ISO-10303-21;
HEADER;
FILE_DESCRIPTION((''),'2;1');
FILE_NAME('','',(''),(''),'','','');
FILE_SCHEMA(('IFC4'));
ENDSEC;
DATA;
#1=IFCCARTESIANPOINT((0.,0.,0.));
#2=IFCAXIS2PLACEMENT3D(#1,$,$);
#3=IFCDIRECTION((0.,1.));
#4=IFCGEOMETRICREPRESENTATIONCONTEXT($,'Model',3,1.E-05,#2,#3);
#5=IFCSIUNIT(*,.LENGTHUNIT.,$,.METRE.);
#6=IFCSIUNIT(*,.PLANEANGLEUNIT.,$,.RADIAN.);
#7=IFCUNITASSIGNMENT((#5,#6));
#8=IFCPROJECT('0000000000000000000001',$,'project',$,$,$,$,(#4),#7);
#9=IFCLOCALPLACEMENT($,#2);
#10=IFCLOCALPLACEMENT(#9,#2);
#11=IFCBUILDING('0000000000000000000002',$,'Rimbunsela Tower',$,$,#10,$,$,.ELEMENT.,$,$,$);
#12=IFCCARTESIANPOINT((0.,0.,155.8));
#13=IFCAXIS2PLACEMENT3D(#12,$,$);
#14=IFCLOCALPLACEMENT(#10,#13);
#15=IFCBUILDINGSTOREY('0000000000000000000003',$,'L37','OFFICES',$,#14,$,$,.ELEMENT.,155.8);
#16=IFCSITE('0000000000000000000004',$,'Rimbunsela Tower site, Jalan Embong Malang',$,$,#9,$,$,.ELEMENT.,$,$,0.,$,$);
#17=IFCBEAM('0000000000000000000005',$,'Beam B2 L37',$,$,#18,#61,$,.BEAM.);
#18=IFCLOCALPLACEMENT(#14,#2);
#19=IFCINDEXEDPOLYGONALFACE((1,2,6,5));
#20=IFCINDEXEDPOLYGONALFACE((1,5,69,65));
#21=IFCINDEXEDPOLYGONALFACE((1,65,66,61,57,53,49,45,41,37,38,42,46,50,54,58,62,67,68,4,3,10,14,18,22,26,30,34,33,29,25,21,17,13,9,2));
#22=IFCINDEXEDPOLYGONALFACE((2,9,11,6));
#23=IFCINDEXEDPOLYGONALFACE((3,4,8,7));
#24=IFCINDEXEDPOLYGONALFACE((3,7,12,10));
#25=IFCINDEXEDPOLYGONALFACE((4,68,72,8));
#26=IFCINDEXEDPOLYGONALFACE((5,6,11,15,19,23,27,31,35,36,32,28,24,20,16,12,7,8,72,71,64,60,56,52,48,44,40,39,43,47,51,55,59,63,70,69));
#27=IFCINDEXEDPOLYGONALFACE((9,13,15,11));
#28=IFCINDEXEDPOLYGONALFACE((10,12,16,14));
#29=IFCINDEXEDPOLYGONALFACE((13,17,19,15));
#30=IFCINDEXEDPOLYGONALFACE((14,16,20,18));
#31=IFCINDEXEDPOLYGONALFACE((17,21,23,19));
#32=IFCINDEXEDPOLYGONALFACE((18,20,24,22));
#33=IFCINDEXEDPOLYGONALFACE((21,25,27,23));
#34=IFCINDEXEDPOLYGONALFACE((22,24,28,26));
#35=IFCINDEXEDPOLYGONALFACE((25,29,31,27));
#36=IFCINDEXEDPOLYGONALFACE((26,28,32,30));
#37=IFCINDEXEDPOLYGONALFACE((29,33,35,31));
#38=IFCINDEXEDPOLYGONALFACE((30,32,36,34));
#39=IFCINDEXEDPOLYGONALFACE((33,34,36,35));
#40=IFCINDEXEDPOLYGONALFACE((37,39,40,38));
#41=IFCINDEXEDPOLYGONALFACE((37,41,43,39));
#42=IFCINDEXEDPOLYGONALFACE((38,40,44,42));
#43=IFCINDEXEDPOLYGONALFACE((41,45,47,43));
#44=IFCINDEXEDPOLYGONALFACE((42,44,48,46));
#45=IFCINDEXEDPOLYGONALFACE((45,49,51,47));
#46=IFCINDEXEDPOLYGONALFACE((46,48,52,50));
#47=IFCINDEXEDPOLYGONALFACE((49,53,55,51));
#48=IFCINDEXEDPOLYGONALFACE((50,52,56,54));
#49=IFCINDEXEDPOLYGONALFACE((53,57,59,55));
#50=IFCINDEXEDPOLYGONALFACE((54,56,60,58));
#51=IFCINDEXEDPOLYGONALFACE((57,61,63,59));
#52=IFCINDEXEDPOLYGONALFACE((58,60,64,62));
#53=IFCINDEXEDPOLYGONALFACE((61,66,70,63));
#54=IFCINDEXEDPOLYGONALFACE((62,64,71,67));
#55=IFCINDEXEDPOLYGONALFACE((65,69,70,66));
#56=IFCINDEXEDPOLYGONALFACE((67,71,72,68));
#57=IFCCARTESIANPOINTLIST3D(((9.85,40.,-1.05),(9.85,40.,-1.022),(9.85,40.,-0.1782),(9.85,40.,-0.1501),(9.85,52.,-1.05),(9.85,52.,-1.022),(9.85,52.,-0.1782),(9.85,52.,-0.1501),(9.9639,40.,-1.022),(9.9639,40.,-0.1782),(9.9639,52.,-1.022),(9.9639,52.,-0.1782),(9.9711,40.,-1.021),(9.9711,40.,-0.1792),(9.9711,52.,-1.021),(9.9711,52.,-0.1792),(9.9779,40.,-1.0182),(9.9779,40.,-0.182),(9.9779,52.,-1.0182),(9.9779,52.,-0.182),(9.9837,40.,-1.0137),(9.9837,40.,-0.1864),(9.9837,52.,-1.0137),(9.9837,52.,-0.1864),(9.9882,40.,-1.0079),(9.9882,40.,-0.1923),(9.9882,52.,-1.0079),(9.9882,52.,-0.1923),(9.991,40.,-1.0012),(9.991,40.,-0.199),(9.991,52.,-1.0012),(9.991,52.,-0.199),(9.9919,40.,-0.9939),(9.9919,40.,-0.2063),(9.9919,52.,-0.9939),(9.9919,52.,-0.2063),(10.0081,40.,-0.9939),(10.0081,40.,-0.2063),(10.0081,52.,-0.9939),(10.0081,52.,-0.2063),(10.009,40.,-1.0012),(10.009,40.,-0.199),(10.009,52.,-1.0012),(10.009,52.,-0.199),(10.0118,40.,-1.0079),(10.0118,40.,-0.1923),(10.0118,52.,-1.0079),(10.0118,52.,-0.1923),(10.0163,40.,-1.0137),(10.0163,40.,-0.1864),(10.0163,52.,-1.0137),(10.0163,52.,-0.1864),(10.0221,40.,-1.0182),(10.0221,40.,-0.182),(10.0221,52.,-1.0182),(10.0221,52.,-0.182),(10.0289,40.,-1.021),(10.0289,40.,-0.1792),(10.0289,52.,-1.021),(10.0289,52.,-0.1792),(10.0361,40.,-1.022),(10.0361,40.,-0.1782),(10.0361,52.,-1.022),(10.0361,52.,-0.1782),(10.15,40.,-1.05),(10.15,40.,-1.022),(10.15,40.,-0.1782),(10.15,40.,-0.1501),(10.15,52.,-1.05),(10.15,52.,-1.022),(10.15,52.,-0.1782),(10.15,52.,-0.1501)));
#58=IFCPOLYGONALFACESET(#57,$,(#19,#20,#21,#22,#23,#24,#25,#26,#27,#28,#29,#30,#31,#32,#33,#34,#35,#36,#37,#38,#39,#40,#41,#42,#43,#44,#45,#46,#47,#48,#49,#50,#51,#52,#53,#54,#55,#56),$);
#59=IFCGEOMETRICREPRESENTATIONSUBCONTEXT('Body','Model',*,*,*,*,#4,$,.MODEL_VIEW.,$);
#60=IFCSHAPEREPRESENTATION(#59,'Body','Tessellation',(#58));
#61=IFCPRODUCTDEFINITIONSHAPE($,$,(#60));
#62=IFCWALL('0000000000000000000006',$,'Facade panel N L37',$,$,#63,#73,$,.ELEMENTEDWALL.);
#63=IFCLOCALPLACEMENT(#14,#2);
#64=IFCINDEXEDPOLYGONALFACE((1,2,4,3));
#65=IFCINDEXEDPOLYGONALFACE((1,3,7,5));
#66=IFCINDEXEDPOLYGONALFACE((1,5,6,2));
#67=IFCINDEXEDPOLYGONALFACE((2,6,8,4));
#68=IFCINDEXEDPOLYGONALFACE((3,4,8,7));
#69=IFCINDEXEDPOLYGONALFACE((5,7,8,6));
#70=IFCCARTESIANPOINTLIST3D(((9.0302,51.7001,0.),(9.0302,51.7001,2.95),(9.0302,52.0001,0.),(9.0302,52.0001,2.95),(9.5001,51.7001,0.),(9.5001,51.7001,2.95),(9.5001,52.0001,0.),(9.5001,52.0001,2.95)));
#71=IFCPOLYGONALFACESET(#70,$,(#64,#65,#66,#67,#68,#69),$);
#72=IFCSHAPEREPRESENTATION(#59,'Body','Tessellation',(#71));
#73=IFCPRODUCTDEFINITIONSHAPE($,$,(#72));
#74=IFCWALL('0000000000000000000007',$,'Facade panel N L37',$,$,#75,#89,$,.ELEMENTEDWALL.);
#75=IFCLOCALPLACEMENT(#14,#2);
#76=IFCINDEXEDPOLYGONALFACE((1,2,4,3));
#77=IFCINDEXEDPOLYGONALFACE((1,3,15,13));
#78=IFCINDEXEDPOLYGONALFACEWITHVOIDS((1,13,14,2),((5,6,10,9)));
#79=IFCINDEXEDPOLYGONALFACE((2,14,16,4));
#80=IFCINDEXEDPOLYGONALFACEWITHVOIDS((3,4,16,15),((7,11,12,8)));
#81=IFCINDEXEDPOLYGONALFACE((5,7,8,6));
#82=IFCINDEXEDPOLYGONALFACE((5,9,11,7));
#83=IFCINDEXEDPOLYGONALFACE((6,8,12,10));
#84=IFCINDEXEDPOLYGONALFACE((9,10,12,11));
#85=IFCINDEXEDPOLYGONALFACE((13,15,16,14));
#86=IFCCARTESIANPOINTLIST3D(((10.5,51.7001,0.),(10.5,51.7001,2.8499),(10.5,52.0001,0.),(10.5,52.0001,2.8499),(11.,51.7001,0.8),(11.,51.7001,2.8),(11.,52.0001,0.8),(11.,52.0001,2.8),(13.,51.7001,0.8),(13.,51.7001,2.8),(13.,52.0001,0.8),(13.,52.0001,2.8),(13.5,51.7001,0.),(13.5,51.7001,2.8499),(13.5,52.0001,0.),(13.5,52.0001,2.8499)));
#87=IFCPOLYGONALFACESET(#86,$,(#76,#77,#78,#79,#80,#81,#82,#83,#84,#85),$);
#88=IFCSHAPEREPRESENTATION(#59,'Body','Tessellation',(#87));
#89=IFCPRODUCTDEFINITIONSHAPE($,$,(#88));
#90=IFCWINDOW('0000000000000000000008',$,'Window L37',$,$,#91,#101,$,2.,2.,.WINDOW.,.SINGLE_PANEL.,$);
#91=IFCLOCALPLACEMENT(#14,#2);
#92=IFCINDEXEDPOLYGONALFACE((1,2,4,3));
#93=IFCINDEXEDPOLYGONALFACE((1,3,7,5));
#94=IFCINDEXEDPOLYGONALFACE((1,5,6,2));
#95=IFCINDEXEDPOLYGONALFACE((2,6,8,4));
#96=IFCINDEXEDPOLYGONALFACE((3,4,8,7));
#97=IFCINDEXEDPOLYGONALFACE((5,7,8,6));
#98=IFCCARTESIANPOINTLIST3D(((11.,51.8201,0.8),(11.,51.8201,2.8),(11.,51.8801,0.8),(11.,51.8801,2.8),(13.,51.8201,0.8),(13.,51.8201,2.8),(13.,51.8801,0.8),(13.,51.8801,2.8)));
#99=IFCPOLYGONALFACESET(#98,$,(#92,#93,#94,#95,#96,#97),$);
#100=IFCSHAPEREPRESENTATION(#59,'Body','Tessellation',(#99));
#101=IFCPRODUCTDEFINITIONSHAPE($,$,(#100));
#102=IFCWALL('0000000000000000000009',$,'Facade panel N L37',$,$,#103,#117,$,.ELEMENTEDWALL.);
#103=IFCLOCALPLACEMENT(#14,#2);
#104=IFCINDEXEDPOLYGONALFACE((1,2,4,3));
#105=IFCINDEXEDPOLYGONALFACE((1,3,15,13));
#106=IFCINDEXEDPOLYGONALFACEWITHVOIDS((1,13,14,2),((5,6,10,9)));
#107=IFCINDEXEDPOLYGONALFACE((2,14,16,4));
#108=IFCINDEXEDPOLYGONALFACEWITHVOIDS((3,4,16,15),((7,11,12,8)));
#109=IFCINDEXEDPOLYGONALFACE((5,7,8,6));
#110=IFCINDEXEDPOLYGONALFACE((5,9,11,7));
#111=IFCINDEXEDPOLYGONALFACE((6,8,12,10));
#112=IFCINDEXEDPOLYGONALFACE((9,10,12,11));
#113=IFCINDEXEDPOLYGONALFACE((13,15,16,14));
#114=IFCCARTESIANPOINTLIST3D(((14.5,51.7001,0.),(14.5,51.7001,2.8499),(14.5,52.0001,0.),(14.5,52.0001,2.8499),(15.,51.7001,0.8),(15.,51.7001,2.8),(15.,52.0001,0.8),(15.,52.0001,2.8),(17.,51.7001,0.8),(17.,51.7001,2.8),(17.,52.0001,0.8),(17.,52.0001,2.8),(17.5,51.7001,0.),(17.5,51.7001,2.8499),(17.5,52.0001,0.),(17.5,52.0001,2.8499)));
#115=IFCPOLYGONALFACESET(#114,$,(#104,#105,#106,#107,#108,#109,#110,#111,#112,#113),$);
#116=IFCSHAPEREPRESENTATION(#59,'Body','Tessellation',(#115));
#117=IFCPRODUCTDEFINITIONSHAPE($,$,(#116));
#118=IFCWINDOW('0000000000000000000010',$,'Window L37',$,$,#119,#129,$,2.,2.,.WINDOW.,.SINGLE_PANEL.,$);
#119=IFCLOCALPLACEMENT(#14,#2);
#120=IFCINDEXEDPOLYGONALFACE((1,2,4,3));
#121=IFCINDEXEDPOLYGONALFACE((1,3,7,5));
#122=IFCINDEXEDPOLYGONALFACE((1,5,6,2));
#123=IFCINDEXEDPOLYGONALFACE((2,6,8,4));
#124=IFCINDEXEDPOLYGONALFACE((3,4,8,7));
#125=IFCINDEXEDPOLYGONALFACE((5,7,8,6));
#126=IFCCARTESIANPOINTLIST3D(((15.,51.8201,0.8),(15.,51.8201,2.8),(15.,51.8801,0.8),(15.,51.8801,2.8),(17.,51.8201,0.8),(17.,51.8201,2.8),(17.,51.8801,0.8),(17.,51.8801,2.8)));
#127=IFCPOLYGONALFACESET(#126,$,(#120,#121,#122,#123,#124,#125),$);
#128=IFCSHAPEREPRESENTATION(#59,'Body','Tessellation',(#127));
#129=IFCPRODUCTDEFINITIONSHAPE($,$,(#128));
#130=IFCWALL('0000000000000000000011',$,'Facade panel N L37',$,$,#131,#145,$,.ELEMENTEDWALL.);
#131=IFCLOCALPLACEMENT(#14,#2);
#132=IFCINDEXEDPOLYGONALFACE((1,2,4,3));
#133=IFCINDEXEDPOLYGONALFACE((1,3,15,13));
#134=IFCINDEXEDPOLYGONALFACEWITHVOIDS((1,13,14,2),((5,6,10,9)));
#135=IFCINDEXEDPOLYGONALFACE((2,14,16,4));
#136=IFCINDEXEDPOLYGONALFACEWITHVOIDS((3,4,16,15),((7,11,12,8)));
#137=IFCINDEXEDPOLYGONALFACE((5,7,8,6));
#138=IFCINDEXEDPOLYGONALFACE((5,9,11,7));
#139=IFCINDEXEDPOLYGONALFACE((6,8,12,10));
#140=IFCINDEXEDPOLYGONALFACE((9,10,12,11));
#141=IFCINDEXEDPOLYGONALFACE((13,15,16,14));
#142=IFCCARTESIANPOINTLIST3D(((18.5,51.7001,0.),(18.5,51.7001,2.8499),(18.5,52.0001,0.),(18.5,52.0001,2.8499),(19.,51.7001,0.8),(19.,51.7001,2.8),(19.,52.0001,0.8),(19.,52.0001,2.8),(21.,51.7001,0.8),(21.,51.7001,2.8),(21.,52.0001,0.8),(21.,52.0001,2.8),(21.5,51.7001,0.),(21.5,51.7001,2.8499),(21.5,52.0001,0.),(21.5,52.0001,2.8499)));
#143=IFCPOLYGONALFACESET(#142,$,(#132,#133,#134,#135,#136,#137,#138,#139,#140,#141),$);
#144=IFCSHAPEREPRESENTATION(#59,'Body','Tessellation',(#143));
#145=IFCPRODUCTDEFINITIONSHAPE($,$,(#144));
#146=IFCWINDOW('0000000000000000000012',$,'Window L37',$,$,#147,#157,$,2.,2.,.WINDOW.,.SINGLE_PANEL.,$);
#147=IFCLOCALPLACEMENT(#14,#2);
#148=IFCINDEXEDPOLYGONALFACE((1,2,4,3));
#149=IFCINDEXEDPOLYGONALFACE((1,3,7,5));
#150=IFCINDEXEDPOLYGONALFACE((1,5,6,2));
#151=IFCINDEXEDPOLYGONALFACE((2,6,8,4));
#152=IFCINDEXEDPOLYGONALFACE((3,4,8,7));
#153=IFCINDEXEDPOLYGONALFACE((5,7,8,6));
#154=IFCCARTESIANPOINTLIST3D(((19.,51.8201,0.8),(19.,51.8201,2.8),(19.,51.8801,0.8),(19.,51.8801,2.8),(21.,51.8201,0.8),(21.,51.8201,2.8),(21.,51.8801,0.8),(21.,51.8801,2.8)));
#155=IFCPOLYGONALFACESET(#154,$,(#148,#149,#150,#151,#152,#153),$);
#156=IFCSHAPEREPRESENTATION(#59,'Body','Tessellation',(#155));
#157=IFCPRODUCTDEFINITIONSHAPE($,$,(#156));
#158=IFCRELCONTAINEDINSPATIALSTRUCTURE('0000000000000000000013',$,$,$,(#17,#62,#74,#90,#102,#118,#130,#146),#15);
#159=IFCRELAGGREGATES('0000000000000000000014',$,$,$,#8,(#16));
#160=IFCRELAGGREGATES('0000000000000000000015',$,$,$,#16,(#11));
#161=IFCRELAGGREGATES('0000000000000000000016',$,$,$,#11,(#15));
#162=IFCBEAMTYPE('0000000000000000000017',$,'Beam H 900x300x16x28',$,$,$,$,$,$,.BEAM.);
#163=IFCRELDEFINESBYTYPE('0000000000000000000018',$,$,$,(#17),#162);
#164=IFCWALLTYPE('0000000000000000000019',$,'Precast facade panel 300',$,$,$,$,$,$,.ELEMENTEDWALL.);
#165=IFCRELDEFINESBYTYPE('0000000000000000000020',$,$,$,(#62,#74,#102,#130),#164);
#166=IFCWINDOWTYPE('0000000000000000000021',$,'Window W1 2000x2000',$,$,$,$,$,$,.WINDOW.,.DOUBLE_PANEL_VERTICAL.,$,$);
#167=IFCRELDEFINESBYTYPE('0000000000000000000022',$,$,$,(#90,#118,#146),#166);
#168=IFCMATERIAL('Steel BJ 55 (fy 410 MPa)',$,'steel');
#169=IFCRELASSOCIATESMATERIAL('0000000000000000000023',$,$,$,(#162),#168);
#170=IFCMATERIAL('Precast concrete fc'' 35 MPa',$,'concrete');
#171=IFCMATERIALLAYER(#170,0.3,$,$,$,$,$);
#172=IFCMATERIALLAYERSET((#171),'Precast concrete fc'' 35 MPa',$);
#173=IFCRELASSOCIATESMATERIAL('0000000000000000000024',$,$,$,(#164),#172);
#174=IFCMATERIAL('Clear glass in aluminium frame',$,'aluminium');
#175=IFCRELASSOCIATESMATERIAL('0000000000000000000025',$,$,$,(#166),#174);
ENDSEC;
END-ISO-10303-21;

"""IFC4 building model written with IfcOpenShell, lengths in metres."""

from ifc_helpers import new_model, si_unit, direction, frame, frame_2d, origin, origin_2d, place, context, subcontext, project, spatial, rectangle, i_section, extrude, material, layer, layer_set, material_profile, profile_set, type_object, element, fill, save


model = new_model("IFC4")

# Units and contexts
model_context = context("Model", 3, precision=1e-05, world=origin(), true_north=direction((0.0, 1.0)))
body_context = subcontext(model_context, "Body", "Model", "MODEL_VIEW")
ifc_project = project(units=[si_unit("LENGTHUNIT", "METRE"), si_unit("PLANEANGLEUNIT", "RADIAN")], contexts=[model_context])

# Site, building, storey
site_placement = place(None, origin())
site = spatial("IfcSite", under=ifc_project, at=site_placement, Name="Rimbunsela Tower site, Jalan Embong Malang", CompositionType="ELEMENT", RefElevation=0.0)
building_placement = place(site_placement, origin())
building = spatial("IfcBuilding", under=site, at=building_placement, Name="Rimbunsela Tower", CompositionType="ELEMENT")
storey_placement = place(building_placement, frame((0.0, 0.0, 155.8)))
storey = spatial("IfcBuildingStorey", under=building, at=storey_placement, Name="L37", Description="OFFICES", CompositionType="ELEMENT", Elevation=155.8)

# Beam
ifc_material_1 = material(Name="Steel BJ 55 (fy 410 MPa)", Category="steel")
ifc_material_profile_1 = material_profile(ifc_material_1, i_section(OverallWidth=0.3, OverallDepth=0.8999, WebThickness=0.0161, FlangeThickness=0.0281, FilletRadius=0.0281, at=origin_2d()), Name="H 900x300x16x28")
ifc_profile_set_1 = profile_set([ifc_material_profile_1], Name="Steel BJ 55 (fy 410 MPa)")
beam_type_1 = type_object("IfcBeamType", Name="Beam H 900x300x16x28", PredefinedType="BEAM", material=ifc_profile_set_1)
beam_1_placement = place(storey_placement, frame((10.0, 40.0, -0.6001), z_axis=(0.0, 1.0, 0.0), x_axis=(-1.0, 0.0, 0.0)))
element("IfcBeam", 1, at=beam_1_placement, inside=storey, type_object=beam_type_1, Name="Beam B2 L37", PredefinedType="BEAM", context=body_context, shape_type="SweptSolid", body=[
    extrude(i_section(OverallWidth=0.3, OverallDepth=0.8999, WebThickness=0.0161, FlangeThickness=0.0281, FilletRadius=0.0281, at=origin_2d()), origin(), (0.0, 0.0, 1.0), 12.0),
])

# Wall
ifc_material_2 = material(Name="Precast concrete fc' 35 MPa", Category="concrete")
ifc_layer_1 = layer(ifc_material_2, 0.3)
ifc_layer_set_1 = layer_set([ifc_layer_1], Name="Precast concrete fc' 35 MPa")
wall_type_1 = type_object("IfcWallType", Name="Precast facade panel 300", PredefinedType="ELEMENTEDWALL", material=ifc_layer_set_1)
wall_1_placement = place(storey_placement, frame((9.5, 51.8501, 0.0), z_axis=(0.0, 0.0, 1.0), x_axis=(-1.0, 0.0, 0.0)))
element("IfcWall", 2, at=wall_1_placement, inside=storey, type_object=wall_type_1, Name="Facade panel N L37", PredefinedType="ELEMENTEDWALL", context=body_context, shape_type="SweptSolid", body=[
    extrude(rectangle(XDim=0.47, YDim=0.3, at=frame_2d((0.2349, 0.0))), origin(), (0.0, 0.0, 1.0), 2.95),
])

# Walls, openings, windows
wall_2_placement = place(storey_placement, frame((13.5, 51.8501, 0.0), z_axis=(0.0, 0.0, 1.0), x_axis=(-1.0, 0.0, 0.0)))
wall_2 = element("IfcWall", 3, at=wall_2_placement, inside=storey, type_object=wall_type_1, Name="Facade panel N L37", PredefinedType="ELEMENTEDWALL", context=body_context, shape_type="SweptSolid", body=[
    extrude(rectangle(XDim=3.0, YDim=0.3, at=frame_2d((1.5, 0.0))), origin(), (0.0, 0.0, 1.0), 2.8499),
])
opening_1_placement = place(wall_2_placement, frame((0.5, 0.0, 0.8)))
opening_1 = element("IfcOpeningElement", 4, at=opening_1_placement, cuts=wall_2, PredefinedType="OPENING", context=body_context, shape_type="SweptSolid", body=[
    extrude(rectangle(XDim=2.0, YDim=2.0, at=frame_2d((1.0, 1.0))), frame((0.0, 0.1599, 0.0), z_axis=(0.0, -1.0, 0.0), x_axis=(1.0, 0.0, 0.0)), (0.0, 0.0, 1.0), 0.3201),
])
ifc_material_3 = material(Name="Clear glass in aluminium frame", Category="aluminium")
window_type = type_object("IfcWindowType", Name="Window W1 2000x2000", PartitioningType="DOUBLE_PANEL_VERTICAL", PredefinedType="WINDOW", material=ifc_material_3)
window_1_placement = place(opening_1_placement, origin())
window_1 = element("IfcWindow", 5, at=window_1_placement, inside=storey, type_object=window_type, Name="Window L37", OverallHeight=2.0, OverallWidth=2.0, PartitioningType="SINGLE_PANEL", PredefinedType="WINDOW", context=body_context, shape_type="SweptSolid", body=[
    extrude(rectangle(XDim=2.0, YDim=2.0, at=frame_2d((1.0, 1.0))), frame((0.0, 0.03, 0.0), z_axis=(0.0, -1.0, 0.0), x_axis=(1.0, 0.0, 0.0)), (0.0, 0.0, 1.0), 0.0601),
])
fill(opening_1, window_1)
wall_3_placement = place(storey_placement, frame((17.5, 51.8501, 0.0), z_axis=(0.0, 0.0, 1.0), x_axis=(-1.0, 0.0, 0.0)))
wall_3 = element("IfcWall", 6, at=wall_3_placement, inside=storey, type_object=wall_type_1, Name="Facade panel N L37", PredefinedType="ELEMENTEDWALL", context=body_context, shape_type="SweptSolid", body=[
    extrude(rectangle(XDim=3.0, YDim=0.3, at=frame_2d((1.5, 0.0))), origin(), (0.0, 0.0, 1.0), 2.8499),
])
opening_2_placement = place(wall_3_placement, frame((0.5, 0.0, 0.8)))
opening_2 = element("IfcOpeningElement", 7, at=opening_2_placement, cuts=wall_3, PredefinedType="OPENING", context=body_context, shape_type="SweptSolid", body=[
    extrude(rectangle(XDim=2.0, YDim=2.0, at=frame_2d((1.0, 1.0))), frame((0.0, 0.1599, 0.0), z_axis=(0.0, -1.0, 0.0), x_axis=(1.0, 0.0, 0.0)), (0.0, 0.0, 1.0), 0.3201),
])
window_2_placement = place(opening_2_placement, origin())
window_2 = element("IfcWindow", 8, at=window_2_placement, inside=storey, type_object=window_type, Name="Window L37", OverallHeight=2.0, OverallWidth=2.0, PartitioningType="SINGLE_PANEL", PredefinedType="WINDOW", context=body_context, shape_type="SweptSolid", body=[
    extrude(rectangle(XDim=2.0, YDim=2.0, at=frame_2d((1.0, 1.0))), frame((0.0, 0.03, 0.0), z_axis=(0.0, -1.0, 0.0), x_axis=(1.0, 0.0, 0.0)), (0.0, 0.0, 1.0), 0.0601),
])
fill(opening_2, window_2)
wall_4_placement = place(storey_placement, frame((21.5, 51.8501, 0.0), z_axis=(0.0, 0.0, 1.0), x_axis=(-1.0, 0.0, 0.0)))
wall_4 = element("IfcWall", 9, at=wall_4_placement, inside=storey, type_object=wall_type_1, Name="Facade panel N L37", PredefinedType="ELEMENTEDWALL", context=body_context, shape_type="SweptSolid", body=[
    extrude(rectangle(XDim=3.0, YDim=0.3, at=frame_2d((1.5, 0.0))), origin(), (0.0, 0.0, 1.0), 2.8499),
])
opening_3_placement = place(wall_4_placement, frame((0.5, 0.0, 0.8)))
opening_3 = element("IfcOpeningElement", 10, at=opening_3_placement, cuts=wall_4, PredefinedType="OPENING", context=body_context, shape_type="SweptSolid", body=[
    extrude(rectangle(XDim=2.0, YDim=2.0, at=frame_2d((1.0, 1.0))), frame((0.0, 0.1599, 0.0), z_axis=(0.0, -1.0, 0.0), x_axis=(1.0, 0.0, 0.0)), (0.0, 0.0, 1.0), 0.3201),
])
window_3_placement = place(opening_3_placement, origin())
window_3 = element("IfcWindow", 11, at=window_3_placement, inside=storey, type_object=window_type, Name="Window L37", OverallHeight=2.0, OverallWidth=2.0, PartitioningType="SINGLE_PANEL", PredefinedType="WINDOW", context=body_context, shape_type="SweptSolid", body=[
    extrude(rectangle(XDim=2.0, YDim=2.0, at=frame_2d((1.0, 1.0))), frame((0.0, 0.03, 0.0), z_axis=(0.0, -1.0, 0.0), x_axis=(1.0, 0.0, 0.0)), (0.0, 0.0, 1.0), 0.0601),
])
fill(opening_3, window_3)

save(model, "model.ifc")
